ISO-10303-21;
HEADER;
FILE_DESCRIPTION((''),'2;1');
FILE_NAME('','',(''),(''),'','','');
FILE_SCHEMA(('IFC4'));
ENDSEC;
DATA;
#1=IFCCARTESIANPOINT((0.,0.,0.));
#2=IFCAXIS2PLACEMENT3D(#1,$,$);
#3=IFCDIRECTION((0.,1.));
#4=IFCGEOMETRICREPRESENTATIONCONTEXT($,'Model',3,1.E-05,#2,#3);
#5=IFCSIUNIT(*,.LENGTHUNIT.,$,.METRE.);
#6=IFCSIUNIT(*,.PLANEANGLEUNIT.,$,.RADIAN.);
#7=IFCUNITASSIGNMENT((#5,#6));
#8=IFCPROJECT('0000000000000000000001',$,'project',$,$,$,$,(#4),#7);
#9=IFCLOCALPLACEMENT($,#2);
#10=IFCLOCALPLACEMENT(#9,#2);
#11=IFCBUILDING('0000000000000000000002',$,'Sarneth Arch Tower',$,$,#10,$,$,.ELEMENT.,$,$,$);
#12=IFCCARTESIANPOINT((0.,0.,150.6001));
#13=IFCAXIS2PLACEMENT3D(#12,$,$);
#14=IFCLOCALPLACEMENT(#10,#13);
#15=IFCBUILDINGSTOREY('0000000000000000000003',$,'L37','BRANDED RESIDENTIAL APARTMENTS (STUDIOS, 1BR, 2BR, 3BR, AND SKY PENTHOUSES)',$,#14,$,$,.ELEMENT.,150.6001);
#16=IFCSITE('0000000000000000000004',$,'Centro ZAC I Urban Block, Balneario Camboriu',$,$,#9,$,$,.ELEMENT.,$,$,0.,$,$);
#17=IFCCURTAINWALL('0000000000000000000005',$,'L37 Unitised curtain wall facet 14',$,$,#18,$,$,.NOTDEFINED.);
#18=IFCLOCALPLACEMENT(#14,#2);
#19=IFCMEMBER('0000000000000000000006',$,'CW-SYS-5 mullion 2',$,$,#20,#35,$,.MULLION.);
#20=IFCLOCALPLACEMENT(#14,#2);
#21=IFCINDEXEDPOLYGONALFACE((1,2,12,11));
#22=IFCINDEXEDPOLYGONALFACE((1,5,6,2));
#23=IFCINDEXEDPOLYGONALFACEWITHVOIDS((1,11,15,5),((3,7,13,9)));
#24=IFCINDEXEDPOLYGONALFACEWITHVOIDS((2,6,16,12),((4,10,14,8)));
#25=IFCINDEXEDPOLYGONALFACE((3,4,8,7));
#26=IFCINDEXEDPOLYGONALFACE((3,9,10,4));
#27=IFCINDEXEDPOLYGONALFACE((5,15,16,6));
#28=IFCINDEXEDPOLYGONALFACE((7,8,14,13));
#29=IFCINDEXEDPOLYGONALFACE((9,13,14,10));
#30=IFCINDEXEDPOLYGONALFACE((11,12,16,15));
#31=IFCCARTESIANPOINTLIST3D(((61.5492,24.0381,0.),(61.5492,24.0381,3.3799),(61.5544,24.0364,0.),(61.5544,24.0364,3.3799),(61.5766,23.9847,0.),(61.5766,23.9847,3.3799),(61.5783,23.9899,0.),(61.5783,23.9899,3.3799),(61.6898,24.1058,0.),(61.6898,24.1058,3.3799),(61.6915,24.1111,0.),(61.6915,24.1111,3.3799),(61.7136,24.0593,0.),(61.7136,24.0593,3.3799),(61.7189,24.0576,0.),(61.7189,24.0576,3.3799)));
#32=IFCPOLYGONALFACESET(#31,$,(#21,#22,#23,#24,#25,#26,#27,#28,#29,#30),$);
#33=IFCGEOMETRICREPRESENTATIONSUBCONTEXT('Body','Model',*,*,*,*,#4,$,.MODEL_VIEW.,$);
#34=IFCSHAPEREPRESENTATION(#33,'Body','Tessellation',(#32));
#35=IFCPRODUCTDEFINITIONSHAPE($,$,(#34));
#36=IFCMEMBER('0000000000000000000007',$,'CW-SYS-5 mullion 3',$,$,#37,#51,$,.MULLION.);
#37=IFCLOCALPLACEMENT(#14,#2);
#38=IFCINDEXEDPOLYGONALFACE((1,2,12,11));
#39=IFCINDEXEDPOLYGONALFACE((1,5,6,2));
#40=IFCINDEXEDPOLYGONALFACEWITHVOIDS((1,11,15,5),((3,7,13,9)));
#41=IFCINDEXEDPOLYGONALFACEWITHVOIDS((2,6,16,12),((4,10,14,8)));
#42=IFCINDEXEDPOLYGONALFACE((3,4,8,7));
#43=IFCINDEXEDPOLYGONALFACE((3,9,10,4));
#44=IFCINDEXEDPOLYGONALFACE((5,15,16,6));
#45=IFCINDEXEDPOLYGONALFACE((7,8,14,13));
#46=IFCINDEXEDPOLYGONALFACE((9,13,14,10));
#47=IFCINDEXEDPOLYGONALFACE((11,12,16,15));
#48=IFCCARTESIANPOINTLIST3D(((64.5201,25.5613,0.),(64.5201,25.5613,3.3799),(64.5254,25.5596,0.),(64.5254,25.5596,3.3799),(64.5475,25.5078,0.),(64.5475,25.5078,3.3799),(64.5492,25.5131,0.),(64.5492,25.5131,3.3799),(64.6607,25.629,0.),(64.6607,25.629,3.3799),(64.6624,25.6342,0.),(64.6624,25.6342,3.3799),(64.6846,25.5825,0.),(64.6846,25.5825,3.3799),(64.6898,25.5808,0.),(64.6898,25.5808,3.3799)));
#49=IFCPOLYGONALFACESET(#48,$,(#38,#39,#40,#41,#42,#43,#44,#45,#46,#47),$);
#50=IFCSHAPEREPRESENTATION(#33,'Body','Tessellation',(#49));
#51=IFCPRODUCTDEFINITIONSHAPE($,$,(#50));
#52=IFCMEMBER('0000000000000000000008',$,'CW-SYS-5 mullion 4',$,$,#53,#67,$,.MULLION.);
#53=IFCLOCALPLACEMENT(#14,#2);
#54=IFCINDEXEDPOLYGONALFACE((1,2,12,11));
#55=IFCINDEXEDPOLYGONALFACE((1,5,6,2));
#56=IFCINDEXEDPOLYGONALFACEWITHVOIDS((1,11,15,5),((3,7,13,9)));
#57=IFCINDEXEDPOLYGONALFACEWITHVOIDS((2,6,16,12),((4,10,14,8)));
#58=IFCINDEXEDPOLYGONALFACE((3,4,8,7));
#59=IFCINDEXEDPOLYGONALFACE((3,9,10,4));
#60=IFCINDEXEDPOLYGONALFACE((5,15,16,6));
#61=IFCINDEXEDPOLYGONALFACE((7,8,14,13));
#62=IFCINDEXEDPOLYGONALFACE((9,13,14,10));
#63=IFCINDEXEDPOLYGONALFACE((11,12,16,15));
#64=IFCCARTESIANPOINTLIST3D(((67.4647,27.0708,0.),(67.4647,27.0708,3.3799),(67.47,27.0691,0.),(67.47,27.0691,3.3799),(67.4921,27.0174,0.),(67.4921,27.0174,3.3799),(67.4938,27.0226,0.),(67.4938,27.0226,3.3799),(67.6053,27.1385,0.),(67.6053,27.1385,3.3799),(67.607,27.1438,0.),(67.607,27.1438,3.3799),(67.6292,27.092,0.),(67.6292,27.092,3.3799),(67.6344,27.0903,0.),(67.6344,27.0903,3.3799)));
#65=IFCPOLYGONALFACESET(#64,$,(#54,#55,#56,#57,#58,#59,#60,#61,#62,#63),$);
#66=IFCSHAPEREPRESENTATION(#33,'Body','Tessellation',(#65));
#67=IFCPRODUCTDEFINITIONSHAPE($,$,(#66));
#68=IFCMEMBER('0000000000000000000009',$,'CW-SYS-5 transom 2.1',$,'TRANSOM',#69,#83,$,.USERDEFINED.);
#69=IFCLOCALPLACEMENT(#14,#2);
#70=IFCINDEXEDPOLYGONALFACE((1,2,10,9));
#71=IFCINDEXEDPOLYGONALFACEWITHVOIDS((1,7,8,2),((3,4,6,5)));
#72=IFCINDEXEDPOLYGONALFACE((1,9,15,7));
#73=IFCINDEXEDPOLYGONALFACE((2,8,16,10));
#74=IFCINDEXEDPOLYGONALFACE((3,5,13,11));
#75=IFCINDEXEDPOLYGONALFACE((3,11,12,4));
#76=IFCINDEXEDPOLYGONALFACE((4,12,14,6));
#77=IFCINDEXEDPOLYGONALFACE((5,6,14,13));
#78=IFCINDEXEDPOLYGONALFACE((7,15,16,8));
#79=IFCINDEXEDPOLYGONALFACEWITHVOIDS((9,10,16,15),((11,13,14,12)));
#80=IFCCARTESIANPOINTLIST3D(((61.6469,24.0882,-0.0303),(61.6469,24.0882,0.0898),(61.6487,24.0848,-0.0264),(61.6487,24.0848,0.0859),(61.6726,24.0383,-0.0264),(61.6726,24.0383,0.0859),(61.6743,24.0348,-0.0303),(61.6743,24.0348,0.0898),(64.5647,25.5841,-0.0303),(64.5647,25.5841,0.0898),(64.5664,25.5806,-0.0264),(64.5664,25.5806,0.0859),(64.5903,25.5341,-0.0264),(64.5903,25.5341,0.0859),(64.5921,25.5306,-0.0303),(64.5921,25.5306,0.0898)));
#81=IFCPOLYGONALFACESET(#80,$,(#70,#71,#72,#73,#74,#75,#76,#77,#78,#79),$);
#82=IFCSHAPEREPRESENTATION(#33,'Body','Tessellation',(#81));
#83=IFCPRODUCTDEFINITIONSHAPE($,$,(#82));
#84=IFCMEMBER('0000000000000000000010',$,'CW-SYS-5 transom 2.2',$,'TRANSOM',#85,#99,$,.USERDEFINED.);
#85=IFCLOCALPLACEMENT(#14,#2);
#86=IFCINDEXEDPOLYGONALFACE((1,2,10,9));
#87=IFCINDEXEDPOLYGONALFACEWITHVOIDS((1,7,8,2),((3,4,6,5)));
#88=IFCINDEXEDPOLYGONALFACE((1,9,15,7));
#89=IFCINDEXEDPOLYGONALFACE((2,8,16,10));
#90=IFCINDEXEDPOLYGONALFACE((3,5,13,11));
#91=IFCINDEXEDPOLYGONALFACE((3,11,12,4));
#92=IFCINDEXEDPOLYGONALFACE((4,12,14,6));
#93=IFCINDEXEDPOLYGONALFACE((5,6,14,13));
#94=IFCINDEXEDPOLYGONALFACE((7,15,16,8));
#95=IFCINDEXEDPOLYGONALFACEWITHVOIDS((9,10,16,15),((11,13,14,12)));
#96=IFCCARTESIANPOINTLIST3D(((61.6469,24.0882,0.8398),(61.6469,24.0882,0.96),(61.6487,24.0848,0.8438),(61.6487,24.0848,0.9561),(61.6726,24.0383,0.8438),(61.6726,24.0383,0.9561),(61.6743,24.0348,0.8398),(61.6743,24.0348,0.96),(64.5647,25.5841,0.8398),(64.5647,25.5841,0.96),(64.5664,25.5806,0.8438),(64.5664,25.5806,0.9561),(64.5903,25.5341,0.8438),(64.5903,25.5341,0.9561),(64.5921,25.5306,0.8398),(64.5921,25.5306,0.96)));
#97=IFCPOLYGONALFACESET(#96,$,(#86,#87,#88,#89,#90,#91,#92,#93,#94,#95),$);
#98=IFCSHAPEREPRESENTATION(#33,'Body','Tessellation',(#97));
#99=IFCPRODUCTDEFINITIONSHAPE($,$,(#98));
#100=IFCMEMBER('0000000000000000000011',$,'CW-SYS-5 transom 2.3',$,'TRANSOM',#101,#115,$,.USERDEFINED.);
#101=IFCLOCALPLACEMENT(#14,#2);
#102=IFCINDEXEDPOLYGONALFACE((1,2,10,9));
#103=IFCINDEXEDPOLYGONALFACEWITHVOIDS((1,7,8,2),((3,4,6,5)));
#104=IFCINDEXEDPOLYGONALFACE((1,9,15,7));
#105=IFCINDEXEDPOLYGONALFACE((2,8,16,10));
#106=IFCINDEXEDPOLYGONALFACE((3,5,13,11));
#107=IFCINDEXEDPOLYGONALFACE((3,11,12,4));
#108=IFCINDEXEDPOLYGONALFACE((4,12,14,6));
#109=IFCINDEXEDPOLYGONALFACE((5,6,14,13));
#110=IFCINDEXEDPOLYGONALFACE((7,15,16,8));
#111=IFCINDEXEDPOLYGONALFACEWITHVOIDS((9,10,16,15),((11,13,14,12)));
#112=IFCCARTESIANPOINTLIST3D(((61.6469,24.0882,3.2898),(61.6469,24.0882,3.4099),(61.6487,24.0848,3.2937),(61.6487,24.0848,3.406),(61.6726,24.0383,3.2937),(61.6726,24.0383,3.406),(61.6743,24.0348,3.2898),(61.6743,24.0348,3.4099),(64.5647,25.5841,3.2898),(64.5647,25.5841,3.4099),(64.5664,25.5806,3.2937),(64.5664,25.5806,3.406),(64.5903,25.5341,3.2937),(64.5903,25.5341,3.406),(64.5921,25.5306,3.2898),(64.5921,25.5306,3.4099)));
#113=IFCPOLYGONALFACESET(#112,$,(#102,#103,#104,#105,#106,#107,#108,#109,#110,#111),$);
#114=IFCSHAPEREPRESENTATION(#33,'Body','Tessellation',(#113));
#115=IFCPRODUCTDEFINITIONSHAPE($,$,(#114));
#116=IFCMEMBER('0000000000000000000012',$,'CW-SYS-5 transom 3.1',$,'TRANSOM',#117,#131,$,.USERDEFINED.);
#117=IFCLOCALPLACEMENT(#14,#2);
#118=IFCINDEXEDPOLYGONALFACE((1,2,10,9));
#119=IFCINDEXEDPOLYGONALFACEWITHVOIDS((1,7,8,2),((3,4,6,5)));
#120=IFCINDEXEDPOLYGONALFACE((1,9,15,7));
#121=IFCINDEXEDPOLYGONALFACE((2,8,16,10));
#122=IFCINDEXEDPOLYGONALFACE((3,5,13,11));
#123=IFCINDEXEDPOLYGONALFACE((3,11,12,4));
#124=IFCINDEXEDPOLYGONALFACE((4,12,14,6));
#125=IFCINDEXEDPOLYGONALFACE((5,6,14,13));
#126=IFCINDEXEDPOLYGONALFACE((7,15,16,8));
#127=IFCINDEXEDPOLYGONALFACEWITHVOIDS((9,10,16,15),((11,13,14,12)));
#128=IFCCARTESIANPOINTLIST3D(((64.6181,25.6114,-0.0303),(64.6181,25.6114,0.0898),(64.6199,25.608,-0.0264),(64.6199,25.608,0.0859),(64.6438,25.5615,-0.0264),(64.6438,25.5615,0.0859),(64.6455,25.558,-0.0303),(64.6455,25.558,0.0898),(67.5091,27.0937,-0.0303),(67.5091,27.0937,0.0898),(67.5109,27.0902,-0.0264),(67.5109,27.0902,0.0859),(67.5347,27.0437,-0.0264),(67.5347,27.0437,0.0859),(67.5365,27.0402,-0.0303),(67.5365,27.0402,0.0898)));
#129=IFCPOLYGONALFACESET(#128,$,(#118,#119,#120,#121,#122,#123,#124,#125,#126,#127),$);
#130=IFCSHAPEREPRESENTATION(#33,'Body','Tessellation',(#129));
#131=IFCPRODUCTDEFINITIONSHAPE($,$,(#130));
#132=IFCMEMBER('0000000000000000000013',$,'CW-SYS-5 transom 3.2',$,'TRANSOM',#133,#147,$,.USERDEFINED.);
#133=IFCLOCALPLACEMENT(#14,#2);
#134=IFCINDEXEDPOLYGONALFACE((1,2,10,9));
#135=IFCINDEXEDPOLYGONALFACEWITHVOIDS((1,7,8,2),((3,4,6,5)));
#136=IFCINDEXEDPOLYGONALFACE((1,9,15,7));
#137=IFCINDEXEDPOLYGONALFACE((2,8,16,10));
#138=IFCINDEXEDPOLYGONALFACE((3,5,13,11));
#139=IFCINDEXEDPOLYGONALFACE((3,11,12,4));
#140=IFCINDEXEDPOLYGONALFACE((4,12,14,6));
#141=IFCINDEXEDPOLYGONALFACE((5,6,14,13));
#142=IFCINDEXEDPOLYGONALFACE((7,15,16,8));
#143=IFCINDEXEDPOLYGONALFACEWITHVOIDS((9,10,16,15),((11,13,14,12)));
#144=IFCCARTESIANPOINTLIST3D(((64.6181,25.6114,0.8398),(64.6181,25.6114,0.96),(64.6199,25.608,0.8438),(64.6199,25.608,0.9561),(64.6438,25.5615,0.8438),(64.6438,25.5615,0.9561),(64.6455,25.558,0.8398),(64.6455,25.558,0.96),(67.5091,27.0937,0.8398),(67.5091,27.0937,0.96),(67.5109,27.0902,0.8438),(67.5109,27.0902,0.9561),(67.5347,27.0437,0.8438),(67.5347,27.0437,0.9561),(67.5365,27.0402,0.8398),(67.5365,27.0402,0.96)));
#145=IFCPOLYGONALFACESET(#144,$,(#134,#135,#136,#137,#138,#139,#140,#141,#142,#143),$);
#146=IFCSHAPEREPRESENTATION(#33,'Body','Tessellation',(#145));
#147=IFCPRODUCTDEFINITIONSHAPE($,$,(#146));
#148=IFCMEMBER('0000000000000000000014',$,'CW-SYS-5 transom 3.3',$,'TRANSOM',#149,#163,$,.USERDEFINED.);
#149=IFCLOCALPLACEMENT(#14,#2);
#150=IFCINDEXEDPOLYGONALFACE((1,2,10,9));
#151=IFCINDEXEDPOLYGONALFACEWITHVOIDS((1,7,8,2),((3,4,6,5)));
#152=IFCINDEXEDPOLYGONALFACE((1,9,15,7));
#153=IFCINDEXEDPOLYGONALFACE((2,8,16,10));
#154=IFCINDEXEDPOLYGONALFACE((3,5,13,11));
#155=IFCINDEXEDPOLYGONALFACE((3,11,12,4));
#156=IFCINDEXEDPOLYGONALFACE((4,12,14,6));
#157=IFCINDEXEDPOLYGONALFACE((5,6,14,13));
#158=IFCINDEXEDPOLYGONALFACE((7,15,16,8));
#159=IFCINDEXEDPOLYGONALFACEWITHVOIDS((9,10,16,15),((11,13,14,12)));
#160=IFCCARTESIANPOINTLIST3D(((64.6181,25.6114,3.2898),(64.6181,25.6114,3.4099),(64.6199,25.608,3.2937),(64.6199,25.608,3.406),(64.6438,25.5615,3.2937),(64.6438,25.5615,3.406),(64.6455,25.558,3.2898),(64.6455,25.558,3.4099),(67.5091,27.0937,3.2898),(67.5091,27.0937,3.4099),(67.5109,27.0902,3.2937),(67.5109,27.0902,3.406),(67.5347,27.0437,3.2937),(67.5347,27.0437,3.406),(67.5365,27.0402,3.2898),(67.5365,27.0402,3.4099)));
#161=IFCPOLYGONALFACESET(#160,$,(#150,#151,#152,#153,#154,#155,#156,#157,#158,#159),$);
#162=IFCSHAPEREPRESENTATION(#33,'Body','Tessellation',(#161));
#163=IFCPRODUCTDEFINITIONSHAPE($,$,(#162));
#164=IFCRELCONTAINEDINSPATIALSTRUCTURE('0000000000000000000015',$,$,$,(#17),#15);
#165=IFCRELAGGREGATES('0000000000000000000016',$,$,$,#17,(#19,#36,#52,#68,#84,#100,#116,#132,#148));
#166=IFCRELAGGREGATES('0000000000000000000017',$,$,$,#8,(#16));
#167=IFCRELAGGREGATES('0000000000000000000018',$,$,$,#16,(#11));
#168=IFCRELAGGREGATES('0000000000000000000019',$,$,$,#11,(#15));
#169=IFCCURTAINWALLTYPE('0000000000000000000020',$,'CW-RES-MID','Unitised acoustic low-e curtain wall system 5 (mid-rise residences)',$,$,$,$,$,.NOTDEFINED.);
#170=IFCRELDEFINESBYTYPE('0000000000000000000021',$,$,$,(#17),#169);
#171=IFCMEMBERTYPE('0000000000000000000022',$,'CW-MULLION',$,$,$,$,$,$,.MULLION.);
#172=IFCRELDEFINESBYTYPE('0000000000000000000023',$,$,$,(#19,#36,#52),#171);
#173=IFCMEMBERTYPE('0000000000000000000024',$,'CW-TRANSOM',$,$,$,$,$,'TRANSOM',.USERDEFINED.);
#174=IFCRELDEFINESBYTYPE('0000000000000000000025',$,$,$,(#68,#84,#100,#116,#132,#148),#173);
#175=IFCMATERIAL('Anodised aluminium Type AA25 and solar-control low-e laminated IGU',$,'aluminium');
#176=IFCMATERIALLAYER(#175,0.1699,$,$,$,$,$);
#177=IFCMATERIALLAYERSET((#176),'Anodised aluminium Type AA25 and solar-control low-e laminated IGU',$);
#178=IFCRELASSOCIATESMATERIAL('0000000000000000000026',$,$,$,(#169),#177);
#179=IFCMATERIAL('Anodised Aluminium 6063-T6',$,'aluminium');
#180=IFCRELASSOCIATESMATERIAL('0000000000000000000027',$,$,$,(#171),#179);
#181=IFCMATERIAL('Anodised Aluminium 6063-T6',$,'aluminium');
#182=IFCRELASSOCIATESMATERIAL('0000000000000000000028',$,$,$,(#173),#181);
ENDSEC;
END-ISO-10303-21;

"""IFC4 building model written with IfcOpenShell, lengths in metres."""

from ifc_helpers import new_model, si_unit, direction, frame, origin, origin_2d, place, context, subcontext, project, spatial, hollow_rectangle, extrude, material, layer, layer_set, material_profile, profile_set, type_object, element, aggregate, save


model = new_model("IFC4")

# Units and contexts
model_context = context("Model", 3, precision=1e-05, world=origin(), true_north=direction((0.0, 1.0)))
body_context = subcontext(model_context, "Body", "Model", "MODEL_VIEW")
ifc_project = project(units=[si_unit("LENGTHUNIT", "METRE"), si_unit("PLANEANGLEUNIT", "RADIAN")], contexts=[model_context])

# Site, building, storey
site_placement = place(None, origin())
site = spatial("IfcSite", under=ifc_project, at=site_placement, Name="Centro ZAC I Urban Block, Balneario Camboriu", CompositionType="ELEMENT", RefElevation=0.0)
building_placement = place(site_placement, origin())
building = spatial("IfcBuilding", under=site, at=building_placement, Name="Sarneth Arch Tower", CompositionType="ELEMENT")
storey_placement = place(building_placement, frame((0.0, 0.0, 150.6001)))
storey = spatial("IfcBuildingStorey", under=building, at=storey_placement, Name="L37", Description="BRANDED RESIDENTIAL APARTMENTS (STUDIOS, 1BR, 2BR, 3BR, AND SKY PENTHOUSES)", CompositionType="ELEMENT", Elevation=150.6001)

# Curtain wall, members
ifc_material_1 = material(Name="Anodised aluminium Type AA25 and solar-control low-e laminated IGU", Category="aluminium")
ifc_layer_1 = layer(ifc_material_1, 0.1699)
ifc_layer_set_1 = layer_set([ifc_layer_1], Name="Anodised aluminium Type AA25 and solar-control low-e laminated IGU")
curtain_wall_type = type_object("IfcCurtainWallType", Name="CW-RES-MID", Description="Unitised acoustic low-e curtain wall system 5 (mid-rise residences)", PredefinedType="NOTDEFINED", material=ifc_layer_set_1)
curtain_wall_placement = place(storey_placement, origin())
curtain_wall = element("IfcCurtainWall", 1, at=curtain_wall_placement, inside=storey, type_object=curtain_wall_type, Name="L37 Unitised curtain wall facet 14", PredefinedType="NOTDEFINED")
ifc_material_2 = material(Name="Anodised Aluminium 6063-T6", Category="aluminium")
ifc_material_profile_1 = material_profile(ifc_material_2, hollow_rectangle(XDim=0.0601, YDim=0.1599, WallThickness=0.0039, at=origin_2d()), Name="AL-MULL-160x60x4")
ifc_profile_set_1 = profile_set([ifc_material_profile_1], Name="Anodised Aluminium 6063-T6")
member_type_1 = type_object("IfcMemberType", Name="CW-MULLION", PredefinedType="MULLION", material=ifc_profile_set_1)
member_1_placement = place(storey_placement, frame((61.634, 24.0479, 0.0), z_axis=(0.0, 0.0, 1.0), x_axis=(-0.456208, 0.889873, 0.0)))
member_1 = element("IfcMember", 2, at=member_1_placement, type_object=member_type_1, Name="CW-SYS-5 mullion 2", PredefinedType="MULLION", context=body_context, shape_type="SweptSolid", body=[
    extrude(hollow_rectangle(XDim=0.0601, YDim=0.1599, WallThickness=0.0039, at=origin_2d()), origin(), (0.0, 0.0, 1.0), 3.3799),
])
member_2_placement = place(storey_placement, frame((64.605, 25.571, 0.0), z_axis=(0.0, 0.0, 1.0), x_axis=(-0.456208, 0.889873, 0.0)))
member_2 = element("IfcMember", 3, at=member_2_placement, type_object=member_type_1, Name="CW-SYS-5 mullion 3", PredefinedType="MULLION", context=body_context, shape_type="SweptSolid", body=[
    extrude(hollow_rectangle(XDim=0.0601, YDim=0.1599, WallThickness=0.0039, at=origin_2d()), origin(), (0.0, 0.0, 1.0), 3.3799),
])
member_3_placement = place(storey_placement, frame((67.5496, 27.0806, 0.0), z_axis=(0.0, 0.0, 1.0), x_axis=(-0.456208, 0.889873, 0.0)))
member_3 = element("IfcMember", 4, at=member_3_placement, type_object=member_type_1, Name="CW-SYS-5 mullion 4", PredefinedType="MULLION", context=body_context, shape_type="SweptSolid", body=[
    extrude(hollow_rectangle(XDim=0.0601, YDim=0.1599, WallThickness=0.0039, at=origin_2d()), origin(), (0.0, 0.0, 1.0), 3.3799),
])
ifc_material_3 = material(Name="Anodised Aluminium 6063-T6", Category="aluminium")
ifc_material_profile_2 = material_profile(ifc_material_3, hollow_rectangle(XDim=0.0601, YDim=0.1201, WallThickness=0.0039, at=origin_2d()), Name="AL-TRAN-120x60x4")
ifc_profile_set_2 = profile_set([ifc_material_profile_2], Name="Anodised Aluminium 6063-T6")
member_type_2 = type_object("IfcMemberType", Name="CW-TRANSOM", ElementType="TRANSOM", PredefinedType="USERDEFINED", material=ifc_profile_set_2)
member_4_placement = place(storey_placement, frame((61.6606, 24.0615, 0.0298), z_axis=(0.889869, 0.456215, 0.0), x_axis=(-0.456215, 0.889869, 0.0)))
member_4 = element("IfcMember", 5, at=member_4_placement, type_object=member_type_2, Name="CW-SYS-5 transom 2.1", ObjectType="TRANSOM", PredefinedType="USERDEFINED", context=body_context, shape_type="SweptSolid", body=[
    extrude(hollow_rectangle(XDim=0.0601, YDim=0.1201, WallThickness=0.0039, at=origin_2d()), origin(), (0.0, 0.0, 1.0), 3.2788),
])
member_5_placement = place(storey_placement, frame((61.6606, 24.0615, 0.8999), z_axis=(0.889869, 0.456215, 0.0), x_axis=(-0.456215, 0.889869, 0.0)))
member_5 = element("IfcMember", 6, at=member_5_placement, type_object=member_type_2, Name="CW-SYS-5 transom 2.2", ObjectType="TRANSOM", PredefinedType="USERDEFINED", context=body_context, shape_type="SweptSolid", body=[
    extrude(hollow_rectangle(XDim=0.0601, YDim=0.1201, WallThickness=0.0039, at=origin_2d()), origin(), (0.0, 0.0, 1.0), 3.2788),
])
member_6_placement = place(storey_placement, frame((61.6606, 24.0615, 3.3499), z_axis=(0.889869, 0.456215, 0.0), x_axis=(-0.456215, 0.889869, 0.0)))
member_6 = element("IfcMember", 7, at=member_6_placement, type_object=member_type_2, Name="CW-SYS-5 transom 2.3", ObjectType="TRANSOM", PredefinedType="USERDEFINED", context=body_context, shape_type="SweptSolid", body=[
    extrude(hollow_rectangle(XDim=0.0601, YDim=0.1201, WallThickness=0.0039, at=origin_2d()), origin(), (0.0, 0.0, 1.0), 3.2788),
])
member_7_placement = place(storey_placement, frame((64.6318, 25.5847, 0.0298), z_axis=(0.889857, 0.456239, 0.0), x_axis=(-0.456239, 0.889857, 0.0)))
member_7 = element("IfcMember", 8, at=member_7_placement, type_object=member_type_2, Name="CW-SYS-5 transom 3.1", ObjectType="TRANSOM", PredefinedType="USERDEFINED", context=body_context, shape_type="SweptSolid", body=[
    extrude(hollow_rectangle(XDim=0.0601, YDim=0.1201, WallThickness=0.0039, at=origin_2d()), origin(), (0.0, 0.0, 1.0), 3.2488),
])
member_8_placement = place(storey_placement, frame((64.6318, 25.5847, 0.8999), z_axis=(0.889857, 0.456239, 0.0), x_axis=(-0.456239, 0.889857, 0.0)))
member_8 = element("IfcMember", 9, at=member_8_placement, type_object=member_type_2, Name="CW-SYS-5 transom 3.2", ObjectType="TRANSOM", PredefinedType="USERDEFINED", context=body_context, shape_type="SweptSolid", body=[
    extrude(hollow_rectangle(XDim=0.0601, YDim=0.1201, WallThickness=0.0039, at=origin_2d()), origin(), (0.0, 0.0, 1.0), 3.2488),
])
member_9_placement = place(storey_placement, frame((64.6318, 25.5847, 3.3499), z_axis=(0.889857, 0.456239, 0.0), x_axis=(-0.456239, 0.889857, 0.0)))
member_9 = element("IfcMember", 10, at=member_9_placement, type_object=member_type_2, Name="CW-SYS-5 transom 3.3", ObjectType="TRANSOM", PredefinedType="USERDEFINED", context=body_context, shape_type="SweptSolid", body=[
    extrude(hollow_rectangle(XDim=0.0601, YDim=0.1201, WallThickness=0.0039, at=origin_2d()), origin(), (0.0, 0.0, 1.0), 3.2488),
])

aggregate(curtain_wall, [member_1, member_2, member_3, member_4, member_5, member_6, member_7, member_8, member_9])

save(model, "model.ifc")
